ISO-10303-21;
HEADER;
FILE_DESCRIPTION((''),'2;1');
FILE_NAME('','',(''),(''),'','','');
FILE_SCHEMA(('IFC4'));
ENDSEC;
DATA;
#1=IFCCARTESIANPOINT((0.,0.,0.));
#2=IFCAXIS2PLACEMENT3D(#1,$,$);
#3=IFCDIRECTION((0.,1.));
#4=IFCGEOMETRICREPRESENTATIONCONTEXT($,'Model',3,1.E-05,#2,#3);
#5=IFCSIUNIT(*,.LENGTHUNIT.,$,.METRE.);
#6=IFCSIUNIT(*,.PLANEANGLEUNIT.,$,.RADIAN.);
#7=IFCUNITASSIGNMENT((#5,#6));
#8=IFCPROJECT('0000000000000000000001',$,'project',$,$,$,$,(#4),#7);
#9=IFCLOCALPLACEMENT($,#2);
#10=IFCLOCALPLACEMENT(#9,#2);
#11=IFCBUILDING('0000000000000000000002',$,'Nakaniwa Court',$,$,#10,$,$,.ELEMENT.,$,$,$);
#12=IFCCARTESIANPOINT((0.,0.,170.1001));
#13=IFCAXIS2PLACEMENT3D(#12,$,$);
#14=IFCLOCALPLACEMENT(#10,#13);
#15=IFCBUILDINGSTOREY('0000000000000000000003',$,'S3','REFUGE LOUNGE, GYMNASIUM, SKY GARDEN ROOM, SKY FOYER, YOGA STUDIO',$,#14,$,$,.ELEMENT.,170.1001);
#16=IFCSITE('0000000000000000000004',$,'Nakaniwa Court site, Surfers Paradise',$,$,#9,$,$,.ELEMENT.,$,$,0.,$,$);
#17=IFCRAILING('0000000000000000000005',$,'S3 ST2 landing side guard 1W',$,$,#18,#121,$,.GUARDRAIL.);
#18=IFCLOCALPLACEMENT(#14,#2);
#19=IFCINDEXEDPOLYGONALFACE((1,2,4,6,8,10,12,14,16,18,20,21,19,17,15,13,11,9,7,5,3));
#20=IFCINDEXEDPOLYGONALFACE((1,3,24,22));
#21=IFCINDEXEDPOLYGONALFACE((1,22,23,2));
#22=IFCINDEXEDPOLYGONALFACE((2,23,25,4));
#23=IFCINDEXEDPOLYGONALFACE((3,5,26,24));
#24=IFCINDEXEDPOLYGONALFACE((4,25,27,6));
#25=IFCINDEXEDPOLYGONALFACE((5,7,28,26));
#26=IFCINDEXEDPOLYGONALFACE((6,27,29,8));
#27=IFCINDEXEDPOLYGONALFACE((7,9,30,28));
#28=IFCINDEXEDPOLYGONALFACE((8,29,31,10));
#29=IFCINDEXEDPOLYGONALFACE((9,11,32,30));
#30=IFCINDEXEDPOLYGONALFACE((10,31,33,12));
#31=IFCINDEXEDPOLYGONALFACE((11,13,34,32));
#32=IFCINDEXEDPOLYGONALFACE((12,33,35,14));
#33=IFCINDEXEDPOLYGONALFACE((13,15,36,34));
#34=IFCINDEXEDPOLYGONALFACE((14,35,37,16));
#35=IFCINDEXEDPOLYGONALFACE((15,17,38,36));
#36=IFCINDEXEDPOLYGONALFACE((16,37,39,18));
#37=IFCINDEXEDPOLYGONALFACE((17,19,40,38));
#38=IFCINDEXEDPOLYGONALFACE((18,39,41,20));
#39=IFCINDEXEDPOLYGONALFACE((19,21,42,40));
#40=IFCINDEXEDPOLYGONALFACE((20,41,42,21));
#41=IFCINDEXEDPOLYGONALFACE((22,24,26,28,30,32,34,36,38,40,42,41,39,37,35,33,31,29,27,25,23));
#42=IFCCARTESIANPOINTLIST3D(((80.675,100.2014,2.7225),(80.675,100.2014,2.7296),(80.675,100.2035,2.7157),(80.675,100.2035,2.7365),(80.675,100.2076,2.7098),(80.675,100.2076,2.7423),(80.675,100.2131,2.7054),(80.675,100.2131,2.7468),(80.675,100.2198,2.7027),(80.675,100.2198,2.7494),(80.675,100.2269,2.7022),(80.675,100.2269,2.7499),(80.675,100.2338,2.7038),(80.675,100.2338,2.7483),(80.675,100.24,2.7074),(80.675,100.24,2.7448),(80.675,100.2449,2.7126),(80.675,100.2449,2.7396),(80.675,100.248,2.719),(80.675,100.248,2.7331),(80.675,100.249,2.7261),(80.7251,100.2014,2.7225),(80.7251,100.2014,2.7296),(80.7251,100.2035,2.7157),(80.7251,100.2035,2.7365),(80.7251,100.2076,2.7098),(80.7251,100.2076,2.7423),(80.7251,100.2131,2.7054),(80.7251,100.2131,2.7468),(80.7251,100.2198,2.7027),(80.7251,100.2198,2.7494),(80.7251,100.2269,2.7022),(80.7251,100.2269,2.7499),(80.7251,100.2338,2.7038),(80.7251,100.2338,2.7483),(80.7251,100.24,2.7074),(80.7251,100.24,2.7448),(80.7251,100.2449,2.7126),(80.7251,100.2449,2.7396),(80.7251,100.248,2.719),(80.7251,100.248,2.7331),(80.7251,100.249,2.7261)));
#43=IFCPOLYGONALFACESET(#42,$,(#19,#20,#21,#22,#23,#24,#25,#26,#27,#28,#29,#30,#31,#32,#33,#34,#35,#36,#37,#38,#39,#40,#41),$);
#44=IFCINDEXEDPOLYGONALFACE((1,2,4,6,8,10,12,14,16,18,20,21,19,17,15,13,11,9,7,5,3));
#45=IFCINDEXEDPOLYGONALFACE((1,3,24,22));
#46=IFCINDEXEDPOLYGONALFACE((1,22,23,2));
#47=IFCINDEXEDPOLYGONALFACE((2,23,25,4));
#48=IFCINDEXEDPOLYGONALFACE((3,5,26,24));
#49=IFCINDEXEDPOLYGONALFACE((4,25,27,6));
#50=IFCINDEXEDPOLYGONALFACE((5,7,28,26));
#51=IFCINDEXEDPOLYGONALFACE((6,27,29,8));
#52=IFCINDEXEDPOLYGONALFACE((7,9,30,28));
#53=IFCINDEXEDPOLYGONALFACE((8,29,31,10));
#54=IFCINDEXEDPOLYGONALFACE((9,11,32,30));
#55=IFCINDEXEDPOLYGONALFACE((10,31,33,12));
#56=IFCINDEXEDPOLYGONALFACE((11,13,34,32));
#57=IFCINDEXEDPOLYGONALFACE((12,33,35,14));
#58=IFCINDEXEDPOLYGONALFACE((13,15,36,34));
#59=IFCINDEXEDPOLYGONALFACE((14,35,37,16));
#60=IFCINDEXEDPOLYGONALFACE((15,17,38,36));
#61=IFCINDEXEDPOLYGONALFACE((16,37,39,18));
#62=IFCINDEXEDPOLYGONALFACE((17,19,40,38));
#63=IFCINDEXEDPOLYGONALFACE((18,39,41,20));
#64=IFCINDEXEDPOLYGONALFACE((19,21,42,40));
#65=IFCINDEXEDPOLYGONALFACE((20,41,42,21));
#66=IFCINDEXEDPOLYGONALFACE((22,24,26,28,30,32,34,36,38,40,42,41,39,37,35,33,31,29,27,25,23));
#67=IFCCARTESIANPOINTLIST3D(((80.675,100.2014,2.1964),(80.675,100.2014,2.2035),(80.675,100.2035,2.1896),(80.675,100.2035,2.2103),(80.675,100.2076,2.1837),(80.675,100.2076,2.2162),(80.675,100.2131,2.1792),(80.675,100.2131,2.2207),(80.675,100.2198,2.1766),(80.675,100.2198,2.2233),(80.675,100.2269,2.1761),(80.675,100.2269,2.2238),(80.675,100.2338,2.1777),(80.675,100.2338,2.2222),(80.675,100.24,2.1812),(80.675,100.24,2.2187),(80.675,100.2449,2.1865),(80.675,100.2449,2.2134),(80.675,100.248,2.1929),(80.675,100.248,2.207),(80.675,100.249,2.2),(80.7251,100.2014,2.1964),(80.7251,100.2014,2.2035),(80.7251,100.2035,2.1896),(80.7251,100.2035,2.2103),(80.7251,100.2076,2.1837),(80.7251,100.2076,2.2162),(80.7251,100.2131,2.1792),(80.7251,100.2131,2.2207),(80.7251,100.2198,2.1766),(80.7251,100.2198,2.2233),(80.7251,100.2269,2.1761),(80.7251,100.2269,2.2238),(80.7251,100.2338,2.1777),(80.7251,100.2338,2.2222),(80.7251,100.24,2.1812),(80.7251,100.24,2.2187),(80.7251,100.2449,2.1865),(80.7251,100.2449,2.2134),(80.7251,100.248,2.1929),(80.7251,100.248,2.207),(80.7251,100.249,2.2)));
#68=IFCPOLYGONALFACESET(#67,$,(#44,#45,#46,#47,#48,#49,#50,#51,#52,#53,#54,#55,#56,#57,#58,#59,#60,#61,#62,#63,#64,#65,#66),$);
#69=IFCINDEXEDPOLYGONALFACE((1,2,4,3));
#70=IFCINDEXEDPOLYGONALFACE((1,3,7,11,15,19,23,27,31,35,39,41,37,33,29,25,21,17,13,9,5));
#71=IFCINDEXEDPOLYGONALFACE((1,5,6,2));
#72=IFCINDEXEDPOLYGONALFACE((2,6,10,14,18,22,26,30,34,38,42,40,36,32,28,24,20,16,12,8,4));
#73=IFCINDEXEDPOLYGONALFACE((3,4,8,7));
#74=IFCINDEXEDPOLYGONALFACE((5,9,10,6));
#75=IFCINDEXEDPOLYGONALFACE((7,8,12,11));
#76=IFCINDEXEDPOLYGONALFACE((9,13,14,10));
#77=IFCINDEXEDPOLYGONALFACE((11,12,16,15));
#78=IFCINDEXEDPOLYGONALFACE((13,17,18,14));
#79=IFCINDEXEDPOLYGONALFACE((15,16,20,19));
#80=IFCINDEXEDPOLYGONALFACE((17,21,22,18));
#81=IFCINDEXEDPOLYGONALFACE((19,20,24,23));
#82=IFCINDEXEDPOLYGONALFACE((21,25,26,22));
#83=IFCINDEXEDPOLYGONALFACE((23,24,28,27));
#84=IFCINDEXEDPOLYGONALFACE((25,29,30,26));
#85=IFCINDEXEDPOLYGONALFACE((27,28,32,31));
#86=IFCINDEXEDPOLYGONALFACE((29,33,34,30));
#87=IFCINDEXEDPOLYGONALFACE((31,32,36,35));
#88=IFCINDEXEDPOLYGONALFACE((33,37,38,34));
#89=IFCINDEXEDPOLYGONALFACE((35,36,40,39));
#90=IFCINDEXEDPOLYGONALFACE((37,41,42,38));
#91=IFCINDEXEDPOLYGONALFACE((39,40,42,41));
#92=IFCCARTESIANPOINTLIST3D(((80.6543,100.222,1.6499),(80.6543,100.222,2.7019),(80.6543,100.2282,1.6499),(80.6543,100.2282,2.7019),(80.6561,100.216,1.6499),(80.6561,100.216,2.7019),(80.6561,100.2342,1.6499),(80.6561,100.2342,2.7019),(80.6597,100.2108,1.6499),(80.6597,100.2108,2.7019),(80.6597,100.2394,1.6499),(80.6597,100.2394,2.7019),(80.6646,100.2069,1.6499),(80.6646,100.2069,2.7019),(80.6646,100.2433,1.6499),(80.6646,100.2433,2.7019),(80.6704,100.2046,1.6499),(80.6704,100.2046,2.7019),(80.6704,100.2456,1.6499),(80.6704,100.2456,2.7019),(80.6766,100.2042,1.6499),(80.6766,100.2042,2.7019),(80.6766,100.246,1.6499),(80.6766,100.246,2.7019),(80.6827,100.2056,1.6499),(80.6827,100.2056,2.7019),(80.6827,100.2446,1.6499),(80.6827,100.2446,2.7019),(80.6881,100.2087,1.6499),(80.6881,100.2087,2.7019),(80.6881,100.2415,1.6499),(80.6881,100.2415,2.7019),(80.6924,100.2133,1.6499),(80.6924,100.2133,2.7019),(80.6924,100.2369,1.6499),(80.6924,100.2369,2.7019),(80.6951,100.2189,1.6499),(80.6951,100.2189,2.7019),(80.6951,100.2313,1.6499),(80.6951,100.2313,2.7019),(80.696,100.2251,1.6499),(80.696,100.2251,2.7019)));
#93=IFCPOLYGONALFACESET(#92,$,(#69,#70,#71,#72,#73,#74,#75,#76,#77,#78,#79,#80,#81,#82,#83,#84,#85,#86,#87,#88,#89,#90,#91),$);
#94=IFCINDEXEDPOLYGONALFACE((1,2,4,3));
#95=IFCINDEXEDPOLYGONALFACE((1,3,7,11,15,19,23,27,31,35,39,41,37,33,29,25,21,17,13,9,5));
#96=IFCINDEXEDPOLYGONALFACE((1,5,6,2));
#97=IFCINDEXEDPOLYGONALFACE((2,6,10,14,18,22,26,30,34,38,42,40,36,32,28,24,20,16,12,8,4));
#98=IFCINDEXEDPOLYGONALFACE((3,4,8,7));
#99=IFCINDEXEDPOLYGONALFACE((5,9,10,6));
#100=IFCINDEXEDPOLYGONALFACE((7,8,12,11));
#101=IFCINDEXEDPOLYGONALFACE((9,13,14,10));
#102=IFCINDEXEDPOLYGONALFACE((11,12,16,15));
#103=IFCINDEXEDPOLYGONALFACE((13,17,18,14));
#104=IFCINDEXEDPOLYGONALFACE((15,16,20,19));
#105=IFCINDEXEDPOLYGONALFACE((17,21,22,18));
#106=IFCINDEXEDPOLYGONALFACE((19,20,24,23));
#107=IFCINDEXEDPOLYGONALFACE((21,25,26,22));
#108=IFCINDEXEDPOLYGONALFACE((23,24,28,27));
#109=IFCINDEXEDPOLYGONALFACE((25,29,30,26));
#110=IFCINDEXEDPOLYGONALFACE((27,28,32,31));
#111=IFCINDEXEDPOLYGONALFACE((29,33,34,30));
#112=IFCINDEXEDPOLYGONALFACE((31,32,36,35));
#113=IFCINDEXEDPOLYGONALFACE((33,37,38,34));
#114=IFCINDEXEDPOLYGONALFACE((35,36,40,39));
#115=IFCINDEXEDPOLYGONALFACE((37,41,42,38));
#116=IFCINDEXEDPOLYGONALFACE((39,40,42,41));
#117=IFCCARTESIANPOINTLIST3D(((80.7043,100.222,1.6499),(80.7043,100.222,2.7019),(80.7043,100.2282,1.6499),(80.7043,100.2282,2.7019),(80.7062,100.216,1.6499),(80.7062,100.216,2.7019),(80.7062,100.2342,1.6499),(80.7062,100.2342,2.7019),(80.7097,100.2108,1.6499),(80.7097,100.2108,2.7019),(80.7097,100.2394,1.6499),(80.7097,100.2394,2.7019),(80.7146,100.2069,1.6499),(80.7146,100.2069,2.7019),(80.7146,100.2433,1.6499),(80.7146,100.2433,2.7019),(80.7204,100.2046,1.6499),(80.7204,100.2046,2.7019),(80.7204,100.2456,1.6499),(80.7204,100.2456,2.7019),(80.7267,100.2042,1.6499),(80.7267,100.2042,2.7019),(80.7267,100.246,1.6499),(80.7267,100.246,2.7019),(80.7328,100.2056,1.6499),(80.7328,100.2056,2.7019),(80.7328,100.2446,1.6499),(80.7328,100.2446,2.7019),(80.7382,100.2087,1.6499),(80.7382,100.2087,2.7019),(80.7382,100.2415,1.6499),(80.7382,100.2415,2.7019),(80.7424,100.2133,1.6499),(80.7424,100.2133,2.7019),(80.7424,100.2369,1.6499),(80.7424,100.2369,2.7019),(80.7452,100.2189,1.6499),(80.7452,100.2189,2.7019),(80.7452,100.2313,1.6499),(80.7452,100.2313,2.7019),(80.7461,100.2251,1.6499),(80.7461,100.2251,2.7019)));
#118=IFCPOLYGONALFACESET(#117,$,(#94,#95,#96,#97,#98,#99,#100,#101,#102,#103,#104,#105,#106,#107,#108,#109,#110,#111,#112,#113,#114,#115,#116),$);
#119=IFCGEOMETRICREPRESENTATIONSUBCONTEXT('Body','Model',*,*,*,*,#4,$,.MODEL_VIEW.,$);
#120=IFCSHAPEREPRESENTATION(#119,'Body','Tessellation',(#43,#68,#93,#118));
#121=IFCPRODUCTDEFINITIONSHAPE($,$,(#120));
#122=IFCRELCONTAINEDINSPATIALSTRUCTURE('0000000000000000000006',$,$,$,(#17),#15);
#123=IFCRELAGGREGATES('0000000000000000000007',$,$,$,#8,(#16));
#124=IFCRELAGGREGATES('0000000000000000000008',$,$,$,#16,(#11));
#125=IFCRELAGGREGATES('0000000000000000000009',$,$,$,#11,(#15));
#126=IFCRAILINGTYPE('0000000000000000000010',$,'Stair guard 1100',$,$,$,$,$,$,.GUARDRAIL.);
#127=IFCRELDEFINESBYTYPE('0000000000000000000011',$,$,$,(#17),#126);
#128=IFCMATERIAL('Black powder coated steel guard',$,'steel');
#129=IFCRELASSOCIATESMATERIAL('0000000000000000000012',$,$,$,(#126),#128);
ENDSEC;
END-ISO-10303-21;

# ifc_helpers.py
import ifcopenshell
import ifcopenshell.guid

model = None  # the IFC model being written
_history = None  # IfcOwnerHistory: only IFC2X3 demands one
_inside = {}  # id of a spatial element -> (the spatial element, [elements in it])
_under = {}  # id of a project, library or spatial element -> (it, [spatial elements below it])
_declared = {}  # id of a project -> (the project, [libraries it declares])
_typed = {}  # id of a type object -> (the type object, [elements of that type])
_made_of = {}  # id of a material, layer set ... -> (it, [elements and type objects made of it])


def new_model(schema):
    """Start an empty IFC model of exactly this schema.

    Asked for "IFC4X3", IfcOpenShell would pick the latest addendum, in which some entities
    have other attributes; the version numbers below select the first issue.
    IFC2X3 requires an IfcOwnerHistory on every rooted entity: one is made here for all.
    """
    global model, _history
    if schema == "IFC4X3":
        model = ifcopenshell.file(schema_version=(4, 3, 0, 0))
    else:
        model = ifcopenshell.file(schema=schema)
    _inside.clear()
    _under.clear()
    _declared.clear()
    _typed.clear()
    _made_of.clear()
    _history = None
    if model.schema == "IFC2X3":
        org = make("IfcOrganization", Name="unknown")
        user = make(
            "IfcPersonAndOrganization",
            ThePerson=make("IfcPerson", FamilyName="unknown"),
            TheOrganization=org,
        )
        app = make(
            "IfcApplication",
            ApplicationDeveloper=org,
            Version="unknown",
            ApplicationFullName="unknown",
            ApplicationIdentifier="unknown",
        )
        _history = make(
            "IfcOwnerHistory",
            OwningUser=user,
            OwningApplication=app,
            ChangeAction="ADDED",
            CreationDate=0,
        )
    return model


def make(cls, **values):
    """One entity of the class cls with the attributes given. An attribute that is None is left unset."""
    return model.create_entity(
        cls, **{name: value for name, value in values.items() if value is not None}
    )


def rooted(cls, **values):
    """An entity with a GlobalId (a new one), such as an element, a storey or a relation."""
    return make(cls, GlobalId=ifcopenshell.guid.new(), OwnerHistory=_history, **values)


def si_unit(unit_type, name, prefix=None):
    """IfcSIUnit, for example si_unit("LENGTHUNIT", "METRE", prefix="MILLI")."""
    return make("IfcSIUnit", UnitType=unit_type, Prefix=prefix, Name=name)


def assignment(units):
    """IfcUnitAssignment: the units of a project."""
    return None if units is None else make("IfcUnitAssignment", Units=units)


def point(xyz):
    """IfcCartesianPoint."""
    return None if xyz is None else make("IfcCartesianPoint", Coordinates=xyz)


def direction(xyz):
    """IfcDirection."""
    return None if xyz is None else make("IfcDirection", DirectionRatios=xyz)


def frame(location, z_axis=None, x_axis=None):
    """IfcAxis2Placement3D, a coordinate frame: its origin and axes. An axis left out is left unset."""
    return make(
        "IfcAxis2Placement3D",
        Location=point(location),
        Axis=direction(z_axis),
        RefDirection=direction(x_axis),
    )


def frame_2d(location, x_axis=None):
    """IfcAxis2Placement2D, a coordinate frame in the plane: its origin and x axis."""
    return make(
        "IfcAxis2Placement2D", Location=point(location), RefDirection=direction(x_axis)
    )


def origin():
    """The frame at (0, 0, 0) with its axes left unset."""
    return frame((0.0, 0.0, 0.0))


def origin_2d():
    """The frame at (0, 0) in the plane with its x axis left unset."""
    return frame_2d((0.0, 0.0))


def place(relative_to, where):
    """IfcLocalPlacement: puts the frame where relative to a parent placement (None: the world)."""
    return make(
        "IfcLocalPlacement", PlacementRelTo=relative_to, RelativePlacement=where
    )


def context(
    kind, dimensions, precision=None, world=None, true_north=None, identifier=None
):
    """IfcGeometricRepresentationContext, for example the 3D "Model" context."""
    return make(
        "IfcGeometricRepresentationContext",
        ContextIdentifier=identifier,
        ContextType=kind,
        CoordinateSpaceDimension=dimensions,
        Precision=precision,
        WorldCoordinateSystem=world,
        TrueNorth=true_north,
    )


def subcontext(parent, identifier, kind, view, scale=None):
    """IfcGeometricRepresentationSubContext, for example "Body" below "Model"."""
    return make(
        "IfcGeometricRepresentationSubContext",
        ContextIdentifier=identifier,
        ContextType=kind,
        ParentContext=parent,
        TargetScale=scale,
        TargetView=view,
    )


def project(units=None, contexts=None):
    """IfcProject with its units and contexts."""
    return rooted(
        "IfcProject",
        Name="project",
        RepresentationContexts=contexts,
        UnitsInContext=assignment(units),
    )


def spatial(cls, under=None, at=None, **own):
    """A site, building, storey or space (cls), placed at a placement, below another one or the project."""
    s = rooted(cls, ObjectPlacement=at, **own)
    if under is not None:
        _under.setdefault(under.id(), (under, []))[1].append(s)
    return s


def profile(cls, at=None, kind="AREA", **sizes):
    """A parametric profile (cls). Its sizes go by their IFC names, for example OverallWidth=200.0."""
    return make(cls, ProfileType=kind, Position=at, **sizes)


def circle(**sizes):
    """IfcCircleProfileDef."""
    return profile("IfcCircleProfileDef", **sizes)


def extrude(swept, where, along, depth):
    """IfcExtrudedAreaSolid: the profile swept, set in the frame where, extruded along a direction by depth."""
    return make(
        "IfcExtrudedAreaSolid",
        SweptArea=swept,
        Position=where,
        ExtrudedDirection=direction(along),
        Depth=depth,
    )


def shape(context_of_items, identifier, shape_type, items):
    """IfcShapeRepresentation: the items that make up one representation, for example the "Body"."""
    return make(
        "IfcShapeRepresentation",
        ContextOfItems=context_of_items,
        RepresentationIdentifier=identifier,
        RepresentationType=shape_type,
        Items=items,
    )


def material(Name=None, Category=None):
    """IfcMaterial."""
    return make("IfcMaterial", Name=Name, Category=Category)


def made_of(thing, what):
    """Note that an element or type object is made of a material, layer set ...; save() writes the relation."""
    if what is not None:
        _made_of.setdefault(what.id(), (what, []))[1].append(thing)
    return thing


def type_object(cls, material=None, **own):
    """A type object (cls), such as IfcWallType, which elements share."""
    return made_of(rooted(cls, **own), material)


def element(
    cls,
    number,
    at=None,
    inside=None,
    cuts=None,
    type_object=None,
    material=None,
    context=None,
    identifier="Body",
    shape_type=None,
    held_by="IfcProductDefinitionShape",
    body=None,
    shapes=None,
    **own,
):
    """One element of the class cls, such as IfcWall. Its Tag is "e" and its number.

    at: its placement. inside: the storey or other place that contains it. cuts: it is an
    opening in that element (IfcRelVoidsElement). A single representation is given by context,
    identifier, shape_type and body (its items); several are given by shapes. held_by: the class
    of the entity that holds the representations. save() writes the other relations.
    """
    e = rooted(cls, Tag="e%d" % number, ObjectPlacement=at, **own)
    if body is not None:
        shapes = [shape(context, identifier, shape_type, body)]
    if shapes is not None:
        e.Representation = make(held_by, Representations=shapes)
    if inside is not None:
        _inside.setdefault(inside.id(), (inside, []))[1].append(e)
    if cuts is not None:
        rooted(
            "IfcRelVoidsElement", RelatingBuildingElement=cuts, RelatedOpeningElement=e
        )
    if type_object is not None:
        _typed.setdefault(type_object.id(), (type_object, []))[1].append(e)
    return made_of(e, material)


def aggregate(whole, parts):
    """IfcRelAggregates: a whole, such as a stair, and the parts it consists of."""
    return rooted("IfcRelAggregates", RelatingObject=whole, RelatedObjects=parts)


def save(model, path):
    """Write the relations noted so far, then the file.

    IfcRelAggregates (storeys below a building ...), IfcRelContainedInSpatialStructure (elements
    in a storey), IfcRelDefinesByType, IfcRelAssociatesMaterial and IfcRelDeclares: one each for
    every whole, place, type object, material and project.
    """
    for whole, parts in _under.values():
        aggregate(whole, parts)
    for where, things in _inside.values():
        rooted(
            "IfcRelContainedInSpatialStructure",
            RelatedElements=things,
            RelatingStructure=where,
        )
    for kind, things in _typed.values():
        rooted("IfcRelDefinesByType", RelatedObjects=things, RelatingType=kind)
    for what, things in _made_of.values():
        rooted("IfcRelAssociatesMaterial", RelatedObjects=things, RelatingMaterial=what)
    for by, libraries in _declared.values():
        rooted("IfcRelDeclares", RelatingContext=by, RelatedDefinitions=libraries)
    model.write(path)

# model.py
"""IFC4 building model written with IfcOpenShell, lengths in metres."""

from ifc_helpers import new_model, si_unit, direction, frame, origin, origin_2d, place, context, subcontext, project, spatial, circle, extrude, material, type_object, element, save


model = new_model("IFC4")

# Units and contexts
model_context = context("Model", 3, precision=1e-05, world=origin(), true_north=direction((0.0, 1.0)))
body_context = subcontext(model_context, "Body", "Model", "MODEL_VIEW")
ifc_project = project(units=[si_unit("LENGTHUNIT", "METRE"), si_unit("PLANEANGLEUNIT", "RADIAN")], contexts=[model_context])

# Site, building, storey
site_placement = place(None, origin())
site = spatial("IfcSite", under=ifc_project, at=site_placement, Name="Nakaniwa Court site, Surfers Paradise", CompositionType="ELEMENT", RefElevation=0.0)
building_placement = place(site_placement, origin())
building = spatial("IfcBuilding", under=site, at=building_placement, Name="Nakaniwa Court", CompositionType="ELEMENT")
storey_placement = place(building_placement, frame((0.0, 0.0, 170.1001)))
storey = spatial("IfcBuildingStorey", under=building, at=storey_placement, Name="S3", Description="REFUGE LOUNGE, GYMNASIUM, SKY GARDEN ROOM, SKY FOYER, YOGA STUDIO", CompositionType="ELEMENT", Elevation=170.1001)

# Railing
ifc_material_1 = material(Name="Black powder coated steel guard", Category="steel")
railing_type_1 = type_object("IfcRailingType", Name="Stair guard 1100", PredefinedType="GUARDRAIL", material=ifc_material_1)
railing_1_placement = place(storey_placement, frame((80.675, 100.2251, 1.6499)))
element("IfcRailing", 1, at=railing_1_placement, inside=storey, type_object=railing_type_1, Name="S3 ST2 landing side guard 1W", PredefinedType="GUARDRAIL", context=body_context, shape_type="SweptSolid", body=[
    extrude(circle(Radius=0.0239, at=origin_2d()), frame((0.0, 0.0, 1.0762), z_axis=(1.0, 0.0, 0.0), x_axis=(0.0, 1.0, 0.0)), (0.0, 0.0, 1.0), 0.05),
    extrude(circle(Radius=0.0239, at=origin_2d()), frame((0.0, 0.0, 0.55), z_axis=(1.0, 0.0, 0.0), x_axis=(0.0, 1.0, 0.0)), (0.0, 0.0, 1.0), 0.05),
    extrude(circle(Radius=0.021, at=origin_2d()), origin(), (0.0, 0.0, 1.0), 1.052),
    extrude(circle(Radius=0.021, at=origin_2d()), frame((0.05, 0.0, 0.0)), (0.0, 0.0, 1.0), 1.052),
])

save(model, "model.ifc")
